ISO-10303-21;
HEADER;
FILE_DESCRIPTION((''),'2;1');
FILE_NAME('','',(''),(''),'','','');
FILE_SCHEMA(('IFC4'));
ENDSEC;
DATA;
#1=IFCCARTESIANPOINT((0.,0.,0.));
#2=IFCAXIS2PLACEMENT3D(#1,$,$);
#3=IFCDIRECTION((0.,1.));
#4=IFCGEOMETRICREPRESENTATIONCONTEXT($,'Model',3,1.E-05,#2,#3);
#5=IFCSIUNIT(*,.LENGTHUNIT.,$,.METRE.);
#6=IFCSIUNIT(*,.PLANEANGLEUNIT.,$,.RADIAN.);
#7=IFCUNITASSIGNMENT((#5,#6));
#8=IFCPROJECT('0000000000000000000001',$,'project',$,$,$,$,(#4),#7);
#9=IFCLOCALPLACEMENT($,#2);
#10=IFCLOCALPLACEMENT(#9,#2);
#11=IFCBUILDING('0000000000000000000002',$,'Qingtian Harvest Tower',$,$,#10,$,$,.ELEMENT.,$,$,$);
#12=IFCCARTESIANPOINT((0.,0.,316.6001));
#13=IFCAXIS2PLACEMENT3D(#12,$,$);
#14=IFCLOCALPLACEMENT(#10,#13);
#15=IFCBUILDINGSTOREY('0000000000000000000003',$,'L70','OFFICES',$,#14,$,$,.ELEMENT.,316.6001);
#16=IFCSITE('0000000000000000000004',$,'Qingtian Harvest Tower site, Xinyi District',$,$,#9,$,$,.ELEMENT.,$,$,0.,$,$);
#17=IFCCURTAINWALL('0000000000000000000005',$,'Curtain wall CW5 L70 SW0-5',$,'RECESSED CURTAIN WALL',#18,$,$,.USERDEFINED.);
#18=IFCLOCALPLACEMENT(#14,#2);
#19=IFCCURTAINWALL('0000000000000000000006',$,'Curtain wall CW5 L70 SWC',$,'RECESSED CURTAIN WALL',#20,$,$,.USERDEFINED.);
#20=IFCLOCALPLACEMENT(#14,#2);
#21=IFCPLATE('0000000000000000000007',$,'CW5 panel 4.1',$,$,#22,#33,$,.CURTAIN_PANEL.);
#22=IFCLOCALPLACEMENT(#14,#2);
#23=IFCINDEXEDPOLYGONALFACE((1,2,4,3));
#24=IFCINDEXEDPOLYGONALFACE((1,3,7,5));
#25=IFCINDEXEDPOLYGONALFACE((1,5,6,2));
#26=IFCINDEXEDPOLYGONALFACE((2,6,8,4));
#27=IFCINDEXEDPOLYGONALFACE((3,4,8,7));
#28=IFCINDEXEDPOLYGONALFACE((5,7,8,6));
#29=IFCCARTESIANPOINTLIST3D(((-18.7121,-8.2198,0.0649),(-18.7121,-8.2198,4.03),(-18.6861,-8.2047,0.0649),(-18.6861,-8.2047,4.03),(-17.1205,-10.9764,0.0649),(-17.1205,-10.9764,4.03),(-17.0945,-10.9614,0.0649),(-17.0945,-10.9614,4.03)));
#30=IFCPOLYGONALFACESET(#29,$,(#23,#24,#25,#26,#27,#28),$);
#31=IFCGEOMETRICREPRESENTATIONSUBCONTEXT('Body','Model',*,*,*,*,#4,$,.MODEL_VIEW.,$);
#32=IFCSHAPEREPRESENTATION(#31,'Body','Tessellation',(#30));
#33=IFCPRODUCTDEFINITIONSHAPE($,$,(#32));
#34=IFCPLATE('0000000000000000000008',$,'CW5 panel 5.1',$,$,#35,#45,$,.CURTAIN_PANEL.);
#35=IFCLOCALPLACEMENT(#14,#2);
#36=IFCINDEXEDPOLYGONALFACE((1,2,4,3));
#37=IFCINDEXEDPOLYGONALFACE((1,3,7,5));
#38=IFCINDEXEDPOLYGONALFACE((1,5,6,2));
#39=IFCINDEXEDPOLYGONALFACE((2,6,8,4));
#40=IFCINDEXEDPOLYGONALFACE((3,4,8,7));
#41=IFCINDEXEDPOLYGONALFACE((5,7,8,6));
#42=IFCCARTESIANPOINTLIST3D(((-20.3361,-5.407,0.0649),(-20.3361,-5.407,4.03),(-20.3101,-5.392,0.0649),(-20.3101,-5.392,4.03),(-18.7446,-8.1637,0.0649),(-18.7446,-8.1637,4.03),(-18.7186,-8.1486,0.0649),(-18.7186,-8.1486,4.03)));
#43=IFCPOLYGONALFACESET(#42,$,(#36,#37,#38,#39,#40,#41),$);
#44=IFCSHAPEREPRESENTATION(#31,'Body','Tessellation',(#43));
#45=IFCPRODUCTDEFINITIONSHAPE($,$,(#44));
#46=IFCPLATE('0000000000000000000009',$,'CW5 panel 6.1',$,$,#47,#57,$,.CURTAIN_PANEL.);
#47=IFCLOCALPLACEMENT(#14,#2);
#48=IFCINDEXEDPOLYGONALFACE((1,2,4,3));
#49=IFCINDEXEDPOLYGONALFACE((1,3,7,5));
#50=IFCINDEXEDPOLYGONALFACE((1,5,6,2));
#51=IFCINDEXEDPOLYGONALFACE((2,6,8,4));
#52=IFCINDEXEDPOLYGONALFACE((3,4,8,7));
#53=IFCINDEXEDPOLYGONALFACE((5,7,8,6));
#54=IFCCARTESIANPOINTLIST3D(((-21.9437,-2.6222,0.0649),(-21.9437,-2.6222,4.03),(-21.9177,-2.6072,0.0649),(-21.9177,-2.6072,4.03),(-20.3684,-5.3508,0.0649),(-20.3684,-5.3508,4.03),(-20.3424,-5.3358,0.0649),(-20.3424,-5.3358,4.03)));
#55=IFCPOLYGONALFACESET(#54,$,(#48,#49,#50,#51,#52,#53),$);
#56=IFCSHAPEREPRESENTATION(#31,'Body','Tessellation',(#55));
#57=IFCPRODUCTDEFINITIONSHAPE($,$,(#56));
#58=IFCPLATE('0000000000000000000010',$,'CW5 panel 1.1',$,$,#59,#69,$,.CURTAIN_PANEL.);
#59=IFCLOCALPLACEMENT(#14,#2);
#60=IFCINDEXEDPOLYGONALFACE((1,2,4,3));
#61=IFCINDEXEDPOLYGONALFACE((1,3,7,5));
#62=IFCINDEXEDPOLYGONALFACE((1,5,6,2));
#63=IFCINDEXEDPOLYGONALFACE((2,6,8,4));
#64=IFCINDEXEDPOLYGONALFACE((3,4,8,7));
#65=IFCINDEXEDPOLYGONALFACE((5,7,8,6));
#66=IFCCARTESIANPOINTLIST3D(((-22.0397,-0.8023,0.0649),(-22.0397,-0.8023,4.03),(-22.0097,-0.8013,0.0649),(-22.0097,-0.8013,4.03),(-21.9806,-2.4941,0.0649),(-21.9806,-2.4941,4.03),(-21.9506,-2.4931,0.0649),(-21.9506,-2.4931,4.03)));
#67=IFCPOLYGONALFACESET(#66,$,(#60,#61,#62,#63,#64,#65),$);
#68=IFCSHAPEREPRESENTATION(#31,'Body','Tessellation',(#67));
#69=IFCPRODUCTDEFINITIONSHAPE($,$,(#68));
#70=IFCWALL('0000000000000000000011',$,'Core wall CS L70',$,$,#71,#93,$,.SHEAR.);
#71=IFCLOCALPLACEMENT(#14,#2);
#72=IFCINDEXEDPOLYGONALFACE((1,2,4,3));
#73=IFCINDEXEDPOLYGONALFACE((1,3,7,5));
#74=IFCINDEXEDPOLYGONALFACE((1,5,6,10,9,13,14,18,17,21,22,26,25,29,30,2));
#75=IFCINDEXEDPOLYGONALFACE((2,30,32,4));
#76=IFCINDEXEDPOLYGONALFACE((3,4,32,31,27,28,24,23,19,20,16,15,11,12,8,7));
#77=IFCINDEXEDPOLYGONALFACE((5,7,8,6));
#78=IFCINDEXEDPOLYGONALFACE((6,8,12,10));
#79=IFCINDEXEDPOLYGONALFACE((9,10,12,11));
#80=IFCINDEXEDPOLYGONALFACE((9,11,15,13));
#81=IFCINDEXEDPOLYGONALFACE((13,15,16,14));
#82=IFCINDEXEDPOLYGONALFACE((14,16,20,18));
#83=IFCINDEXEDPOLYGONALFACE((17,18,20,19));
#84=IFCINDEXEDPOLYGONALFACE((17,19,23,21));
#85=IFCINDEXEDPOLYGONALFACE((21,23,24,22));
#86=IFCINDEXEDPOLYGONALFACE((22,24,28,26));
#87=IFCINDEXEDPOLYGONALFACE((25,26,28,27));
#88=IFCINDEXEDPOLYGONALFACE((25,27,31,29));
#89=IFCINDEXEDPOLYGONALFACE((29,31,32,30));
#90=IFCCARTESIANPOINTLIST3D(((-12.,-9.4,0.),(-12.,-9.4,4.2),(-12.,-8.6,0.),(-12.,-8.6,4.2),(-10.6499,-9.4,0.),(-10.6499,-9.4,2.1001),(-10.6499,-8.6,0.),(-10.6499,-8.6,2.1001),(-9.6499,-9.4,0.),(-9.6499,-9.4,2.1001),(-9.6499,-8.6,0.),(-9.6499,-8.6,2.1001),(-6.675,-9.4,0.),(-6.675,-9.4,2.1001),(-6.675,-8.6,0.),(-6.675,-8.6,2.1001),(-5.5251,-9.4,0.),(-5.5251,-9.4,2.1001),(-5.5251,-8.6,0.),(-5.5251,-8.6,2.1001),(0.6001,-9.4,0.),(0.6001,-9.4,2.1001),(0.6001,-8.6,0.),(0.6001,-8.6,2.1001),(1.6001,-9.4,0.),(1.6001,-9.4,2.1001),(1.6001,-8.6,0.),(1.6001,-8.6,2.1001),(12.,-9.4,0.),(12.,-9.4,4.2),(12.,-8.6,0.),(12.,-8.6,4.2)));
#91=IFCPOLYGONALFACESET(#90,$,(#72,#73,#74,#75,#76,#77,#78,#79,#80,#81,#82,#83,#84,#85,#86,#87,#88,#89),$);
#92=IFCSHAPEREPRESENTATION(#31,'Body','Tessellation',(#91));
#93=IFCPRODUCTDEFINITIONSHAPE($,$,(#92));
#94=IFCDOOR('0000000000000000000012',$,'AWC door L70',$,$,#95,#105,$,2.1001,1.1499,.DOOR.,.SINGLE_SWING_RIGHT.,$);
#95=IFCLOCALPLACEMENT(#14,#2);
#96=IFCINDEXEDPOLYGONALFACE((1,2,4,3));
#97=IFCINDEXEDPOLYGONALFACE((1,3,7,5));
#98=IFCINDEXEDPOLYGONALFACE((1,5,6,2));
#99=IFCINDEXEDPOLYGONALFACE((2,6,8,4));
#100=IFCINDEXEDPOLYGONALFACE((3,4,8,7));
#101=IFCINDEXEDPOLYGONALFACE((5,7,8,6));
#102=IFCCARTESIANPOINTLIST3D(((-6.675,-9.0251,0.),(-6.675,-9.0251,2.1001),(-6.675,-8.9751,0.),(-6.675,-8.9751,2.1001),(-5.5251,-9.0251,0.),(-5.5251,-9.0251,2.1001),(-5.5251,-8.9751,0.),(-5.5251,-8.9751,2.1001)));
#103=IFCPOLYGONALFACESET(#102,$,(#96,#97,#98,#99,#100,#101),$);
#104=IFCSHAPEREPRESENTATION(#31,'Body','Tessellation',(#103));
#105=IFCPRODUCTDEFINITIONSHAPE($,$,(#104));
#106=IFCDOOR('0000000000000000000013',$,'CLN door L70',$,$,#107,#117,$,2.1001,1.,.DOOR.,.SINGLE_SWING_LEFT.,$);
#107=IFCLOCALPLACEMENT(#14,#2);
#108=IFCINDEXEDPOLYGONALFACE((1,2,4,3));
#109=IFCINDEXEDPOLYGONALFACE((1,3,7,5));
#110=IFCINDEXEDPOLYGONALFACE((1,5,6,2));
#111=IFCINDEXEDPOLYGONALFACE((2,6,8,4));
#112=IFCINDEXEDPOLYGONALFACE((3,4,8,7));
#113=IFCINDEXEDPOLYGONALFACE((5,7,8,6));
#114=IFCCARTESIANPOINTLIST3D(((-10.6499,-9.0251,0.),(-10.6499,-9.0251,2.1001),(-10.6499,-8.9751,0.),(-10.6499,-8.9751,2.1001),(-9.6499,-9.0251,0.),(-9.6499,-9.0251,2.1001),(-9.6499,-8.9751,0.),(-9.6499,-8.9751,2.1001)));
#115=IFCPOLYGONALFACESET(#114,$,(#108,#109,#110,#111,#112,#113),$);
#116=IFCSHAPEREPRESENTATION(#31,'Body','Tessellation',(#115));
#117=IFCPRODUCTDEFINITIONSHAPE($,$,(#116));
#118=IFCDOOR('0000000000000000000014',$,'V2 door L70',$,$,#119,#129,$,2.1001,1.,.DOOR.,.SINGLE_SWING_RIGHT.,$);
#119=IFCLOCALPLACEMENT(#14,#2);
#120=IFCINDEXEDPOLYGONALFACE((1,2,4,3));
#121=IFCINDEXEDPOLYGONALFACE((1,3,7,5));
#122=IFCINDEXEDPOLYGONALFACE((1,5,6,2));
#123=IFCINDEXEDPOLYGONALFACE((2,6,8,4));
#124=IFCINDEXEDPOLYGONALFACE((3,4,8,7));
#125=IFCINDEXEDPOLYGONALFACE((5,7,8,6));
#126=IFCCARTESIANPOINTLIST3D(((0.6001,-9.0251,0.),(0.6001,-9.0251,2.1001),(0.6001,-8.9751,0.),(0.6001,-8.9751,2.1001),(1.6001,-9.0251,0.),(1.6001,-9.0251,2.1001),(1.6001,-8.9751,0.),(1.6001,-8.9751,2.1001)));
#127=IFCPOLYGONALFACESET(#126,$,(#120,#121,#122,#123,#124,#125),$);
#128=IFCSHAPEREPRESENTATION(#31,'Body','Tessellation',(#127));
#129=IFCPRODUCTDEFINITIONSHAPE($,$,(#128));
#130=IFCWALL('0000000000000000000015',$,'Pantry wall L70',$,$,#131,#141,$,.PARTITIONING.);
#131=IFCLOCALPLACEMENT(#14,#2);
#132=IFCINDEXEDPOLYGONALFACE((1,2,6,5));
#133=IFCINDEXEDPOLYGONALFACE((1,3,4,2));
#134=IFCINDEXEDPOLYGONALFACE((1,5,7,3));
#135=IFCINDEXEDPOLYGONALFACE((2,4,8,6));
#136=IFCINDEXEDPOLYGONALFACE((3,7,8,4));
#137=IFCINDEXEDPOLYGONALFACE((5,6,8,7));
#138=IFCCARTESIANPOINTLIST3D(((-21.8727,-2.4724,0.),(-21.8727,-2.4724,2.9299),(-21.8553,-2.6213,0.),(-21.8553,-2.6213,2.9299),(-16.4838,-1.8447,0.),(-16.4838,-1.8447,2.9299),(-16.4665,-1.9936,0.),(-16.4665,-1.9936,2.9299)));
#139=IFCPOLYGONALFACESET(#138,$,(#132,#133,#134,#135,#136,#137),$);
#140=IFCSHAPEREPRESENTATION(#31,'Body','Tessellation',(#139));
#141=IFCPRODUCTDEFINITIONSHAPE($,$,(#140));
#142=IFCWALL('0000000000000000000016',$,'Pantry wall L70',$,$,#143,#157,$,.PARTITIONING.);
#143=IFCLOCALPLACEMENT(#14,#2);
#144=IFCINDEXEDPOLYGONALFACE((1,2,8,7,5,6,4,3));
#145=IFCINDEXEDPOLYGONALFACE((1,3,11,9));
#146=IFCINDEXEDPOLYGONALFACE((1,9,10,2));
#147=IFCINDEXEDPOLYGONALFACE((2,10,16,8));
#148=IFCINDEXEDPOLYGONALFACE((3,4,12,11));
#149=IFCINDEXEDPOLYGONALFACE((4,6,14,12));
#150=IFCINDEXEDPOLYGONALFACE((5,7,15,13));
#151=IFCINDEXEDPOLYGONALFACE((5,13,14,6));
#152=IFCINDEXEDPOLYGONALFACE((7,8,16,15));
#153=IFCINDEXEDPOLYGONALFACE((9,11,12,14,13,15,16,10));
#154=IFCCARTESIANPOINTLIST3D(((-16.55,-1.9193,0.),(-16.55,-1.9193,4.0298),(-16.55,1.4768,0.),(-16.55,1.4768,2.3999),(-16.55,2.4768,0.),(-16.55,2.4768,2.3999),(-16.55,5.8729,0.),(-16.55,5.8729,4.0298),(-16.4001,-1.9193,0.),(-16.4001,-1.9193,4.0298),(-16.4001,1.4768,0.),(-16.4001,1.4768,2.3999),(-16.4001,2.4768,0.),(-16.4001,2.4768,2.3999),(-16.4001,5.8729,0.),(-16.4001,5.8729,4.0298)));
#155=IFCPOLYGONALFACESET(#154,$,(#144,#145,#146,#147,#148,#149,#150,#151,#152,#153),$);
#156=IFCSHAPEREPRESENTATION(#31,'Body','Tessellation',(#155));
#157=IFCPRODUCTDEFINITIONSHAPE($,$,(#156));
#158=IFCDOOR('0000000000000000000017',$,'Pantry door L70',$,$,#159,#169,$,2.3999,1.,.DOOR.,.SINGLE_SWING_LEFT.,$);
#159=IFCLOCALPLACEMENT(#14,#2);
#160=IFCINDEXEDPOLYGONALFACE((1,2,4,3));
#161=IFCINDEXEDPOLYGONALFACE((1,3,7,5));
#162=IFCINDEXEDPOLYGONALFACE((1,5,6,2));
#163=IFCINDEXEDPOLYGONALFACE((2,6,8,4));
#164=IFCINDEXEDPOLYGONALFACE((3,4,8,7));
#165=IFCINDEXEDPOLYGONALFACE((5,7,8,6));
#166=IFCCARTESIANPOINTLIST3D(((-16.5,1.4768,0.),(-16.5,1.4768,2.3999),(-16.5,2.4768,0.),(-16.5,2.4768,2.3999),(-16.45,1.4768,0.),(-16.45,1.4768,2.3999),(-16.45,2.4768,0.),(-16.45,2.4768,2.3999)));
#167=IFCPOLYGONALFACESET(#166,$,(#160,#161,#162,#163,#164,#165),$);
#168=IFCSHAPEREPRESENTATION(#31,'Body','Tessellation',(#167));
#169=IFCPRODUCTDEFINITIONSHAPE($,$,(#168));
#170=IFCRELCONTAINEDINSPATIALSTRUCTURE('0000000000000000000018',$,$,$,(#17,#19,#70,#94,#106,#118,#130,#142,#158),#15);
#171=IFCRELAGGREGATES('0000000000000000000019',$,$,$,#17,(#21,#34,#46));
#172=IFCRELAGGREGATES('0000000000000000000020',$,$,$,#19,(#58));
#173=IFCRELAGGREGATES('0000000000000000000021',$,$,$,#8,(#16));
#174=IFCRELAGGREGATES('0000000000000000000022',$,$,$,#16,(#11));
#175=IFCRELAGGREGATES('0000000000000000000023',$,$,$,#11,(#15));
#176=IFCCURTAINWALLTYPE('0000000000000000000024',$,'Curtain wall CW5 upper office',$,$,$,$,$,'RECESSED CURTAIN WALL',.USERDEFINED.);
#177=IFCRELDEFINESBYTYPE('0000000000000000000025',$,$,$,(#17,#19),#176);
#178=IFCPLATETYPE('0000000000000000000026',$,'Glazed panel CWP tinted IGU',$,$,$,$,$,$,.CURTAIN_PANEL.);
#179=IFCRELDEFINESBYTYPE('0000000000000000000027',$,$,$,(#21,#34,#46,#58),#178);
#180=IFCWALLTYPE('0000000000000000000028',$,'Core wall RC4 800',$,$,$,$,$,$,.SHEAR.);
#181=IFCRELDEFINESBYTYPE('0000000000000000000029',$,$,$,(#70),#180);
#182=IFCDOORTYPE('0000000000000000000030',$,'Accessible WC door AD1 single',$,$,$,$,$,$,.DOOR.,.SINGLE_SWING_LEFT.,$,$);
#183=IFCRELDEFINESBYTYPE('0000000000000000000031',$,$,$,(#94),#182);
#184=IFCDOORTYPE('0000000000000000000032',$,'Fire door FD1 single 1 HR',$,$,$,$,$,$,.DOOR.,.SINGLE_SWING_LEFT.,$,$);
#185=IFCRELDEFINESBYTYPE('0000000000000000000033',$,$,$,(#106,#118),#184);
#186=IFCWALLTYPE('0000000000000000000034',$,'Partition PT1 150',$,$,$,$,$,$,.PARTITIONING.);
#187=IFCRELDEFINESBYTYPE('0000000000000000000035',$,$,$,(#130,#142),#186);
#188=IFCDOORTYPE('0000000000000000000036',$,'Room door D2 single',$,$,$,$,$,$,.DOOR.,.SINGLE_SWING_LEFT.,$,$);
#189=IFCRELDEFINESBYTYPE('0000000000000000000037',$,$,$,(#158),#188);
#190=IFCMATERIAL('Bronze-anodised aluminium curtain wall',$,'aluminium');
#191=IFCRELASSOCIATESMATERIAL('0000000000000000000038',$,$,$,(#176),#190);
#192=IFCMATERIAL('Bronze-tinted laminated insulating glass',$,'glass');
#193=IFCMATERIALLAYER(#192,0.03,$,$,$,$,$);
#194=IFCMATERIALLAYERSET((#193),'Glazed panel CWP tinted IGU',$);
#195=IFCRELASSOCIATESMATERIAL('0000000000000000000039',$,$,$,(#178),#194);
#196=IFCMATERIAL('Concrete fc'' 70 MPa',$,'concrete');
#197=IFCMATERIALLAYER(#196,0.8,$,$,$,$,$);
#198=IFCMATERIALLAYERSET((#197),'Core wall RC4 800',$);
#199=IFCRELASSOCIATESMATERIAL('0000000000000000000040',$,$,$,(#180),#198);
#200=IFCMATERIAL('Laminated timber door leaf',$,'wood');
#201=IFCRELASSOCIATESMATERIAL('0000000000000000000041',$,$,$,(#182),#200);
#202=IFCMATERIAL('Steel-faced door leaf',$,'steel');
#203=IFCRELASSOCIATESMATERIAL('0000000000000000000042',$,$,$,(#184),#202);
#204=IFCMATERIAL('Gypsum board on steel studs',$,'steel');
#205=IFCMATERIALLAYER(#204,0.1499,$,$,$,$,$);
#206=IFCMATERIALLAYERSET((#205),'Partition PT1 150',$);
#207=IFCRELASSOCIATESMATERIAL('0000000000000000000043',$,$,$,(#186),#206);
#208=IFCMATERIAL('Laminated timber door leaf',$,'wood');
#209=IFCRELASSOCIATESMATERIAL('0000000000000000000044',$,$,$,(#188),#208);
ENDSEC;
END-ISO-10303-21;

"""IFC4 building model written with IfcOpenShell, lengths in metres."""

from ifc_helpers import new_model, si_unit, direction, frame, frame_2d, origin, origin_2d, place, context, subcontext, project, spatial, rectangle, extrude, material, layer, layer_set, type_object, element, fill, aggregate, save


model = new_model("IFC4")

# Units and contexts
model_context = context("Model", 3, precision=1e-05, world=origin(), true_north=direction((0.0, 1.0)))
body_context = subcontext(model_context, "Body", "Model", "MODEL_VIEW")
ifc_project = project(units=[si_unit("LENGTHUNIT", "METRE"), si_unit("PLANEANGLEUNIT", "RADIAN")], contexts=[model_context])

# Site, building, storey
site_placement = place(None, origin())
site = spatial("IfcSite", under=ifc_project, at=site_placement, Name="Qingtian Harvest Tower site, Xinyi District", CompositionType="ELEMENT", RefElevation=0.0)
building_placement = place(site_placement, origin())
building = spatial("IfcBuilding", under=site, at=building_placement, Name="Qingtian Harvest Tower", CompositionType="ELEMENT")
storey_placement = place(building_placement, frame((0.0, 0.0, 316.6001)))
storey = spatial("IfcBuildingStorey", under=building, at=storey_placement, Name="L70", Description="OFFICES", CompositionType="ELEMENT", Elevation=316.6001)

# Curtain walls
ifc_material_1 = material(Name="Bronze-anodised aluminium curtain wall", Category="aluminium")
curtain_wall_type = type_object("IfcCurtainWallType", Name="Curtain wall CW5 upper office", ElementType="RECESSED CURTAIN WALL", PredefinedType="USERDEFINED", material=ifc_material_1)
curtain_wall_1_placement = place(storey_placement, origin())
curtain_wall_1 = element("IfcCurtainWall", 1, at=curtain_wall_1_placement, inside=storey, type_object=curtain_wall_type, Name="Curtain wall CW5 L70 SW0-5", ObjectType="RECESSED CURTAIN WALL", PredefinedType="USERDEFINED")
curtain_wall_2_placement = place(storey_placement, origin())
curtain_wall_2 = element("IfcCurtainWall", 2, at=curtain_wall_2_placement, inside=storey, type_object=curtain_wall_type, Name="Curtain wall CW5 L70 SWC", ObjectType="RECESSED CURTAIN WALL", PredefinedType="USERDEFINED")

# Plates
ifc_material_2 = material(Name="Bronze-tinted laminated insulating glass", Category="glass")
ifc_layer_1 = layer(ifc_material_2, 0.03)
ifc_layer_set_1 = layer_set([ifc_layer_1], Name="Glazed panel CWP tinted IGU")
plate_type = type_object("IfcPlateType", Name="Glazed panel CWP tinted IGU", PredefinedType="CURTAIN_PANEL", material=ifc_layer_set_1)
plate_1_placement = place(storey_placement, frame((-17.9033, -9.5906, 0.0649), z_axis=(0.0, 0.0, 1.0), x_axis=(-0.5, 0.866025, 0.0)))
plate_1 = element("IfcPlate", 3, at=plate_1_placement, type_object=plate_type, Name="CW5 panel 4.1", PredefinedType="CURTAIN_PANEL", context=body_context, shape_type="SweptSolid", body=[
    extrude(rectangle(XDim=3.1831, YDim=0.03, at=origin_2d()), origin(), (0.0, 0.0, 1.0), 3.9651),
])
plate_2_placement = place(storey_placement, frame((-19.5273, -6.7778, 0.0649), z_axis=(0.0, 0.0, 1.0), x_axis=(-0.5, 0.866025, 0.0)))
plate_2 = element("IfcPlate", 4, at=plate_2_placement, type_object=plate_type, Name="CW5 panel 5.1", PredefinedType="CURTAIN_PANEL", context=body_context, shape_type="SweptSolid", body=[
    extrude(rectangle(XDim=3.1831, YDim=0.03, at=origin_2d()), origin(), (0.0, 0.0, 1.0), 3.9651),
])
plate_3_placement = place(storey_placement, frame((-21.1431, -3.979, 0.0649), z_axis=(0.0, 0.0, 1.0), x_axis=(-0.5, 0.866025, 0.0)))
plate_3 = element("IfcPlate", 5, at=plate_3_placement, type_object=plate_type, Name="CW5 panel 6.1", PredefinedType="CURTAIN_PANEL", context=body_context, shape_type="SweptSolid", body=[
    extrude(rectangle(XDim=3.1506, YDim=0.03, at=origin_2d()), origin(), (0.0, 0.0, 1.0), 3.9651),
])
aggregate(curtain_wall_1, [plate_1, plate_2, plate_3])
plate_4_placement = place(storey_placement, frame((-21.9951, -1.6477, 0.0649), z_axis=(0.0, 0.0, 1.0), x_axis=(-0.034899, 0.999391, 0.0)))
plate_4 = element("IfcPlate", 6, at=plate_4_placement, type_object=plate_type, Name="CW5 panel 1.1", PredefinedType="CURTAIN_PANEL", context=body_context, shape_type="SweptSolid", body=[
    extrude(rectangle(XDim=1.6929, YDim=0.03, at=origin_2d()), origin(), (0.0, 0.0, 1.0), 3.9651),
])
aggregate(curtain_wall_2, [plate_4])

# Wall, openings, doors
ifc_material_3 = material(Name="Concrete fc' 70 MPa", Category="concrete")
ifc_layer_2 = layer(ifc_material_3, 0.8)
ifc_layer_set_2 = layer_set([ifc_layer_2], Name="Core wall RC4 800")
wall_type_1 = type_object("IfcWallType", Name="Core wall RC4 800", PredefinedType="SHEAR", material=ifc_layer_set_2)
wall_1_placement = place(storey_placement, frame((-12.0, -9.0, 0.0), z_axis=(0.0, 0.0, 1.0), x_axis=(1.0, 0.0, 0.0)))
wall_1 = element("IfcWall", 7, at=wall_1_placement, inside=storey, type_object=wall_type_1, Name="Core wall CS L70", PredefinedType="SHEAR", context=body_context, shape_type="SweptSolid", body=[
    extrude(rectangle(XDim=24.0, YDim=0.8, at=frame_2d((12.0, 0.0))), origin(), (0.0, 0.0, 1.0), 4.2),
])
opening_1_placement = place(wall_1_placement, frame((1.3501, 0.0, 0.0)))
opening_1 = element("IfcOpeningElement", 8, at=opening_1_placement, cuts=wall_1, PredefinedType="OPENING", context=body_context, shape_type="SweptSolid", body=[
    extrude(rectangle(XDim=1.0, YDim=2.1001, at=frame_2d((0.5, 1.05))), frame((0.0, 0.4099, 0.0), z_axis=(0.0, -1.0, 0.0), x_axis=(1.0, 0.0, 0.0)), (0.0, 0.0, 1.0), 0.8201),
])
opening_2_placement = place(wall_1_placement, frame((5.325, 0.0, 0.0)))
opening_2 = element("IfcOpeningElement", 9, at=opening_2_placement, cuts=wall_1, PredefinedType="OPENING", context=body_context, shape_type="SweptSolid", body=[
    extrude(rectangle(XDim=1.1499, YDim=2.1001, at=frame_2d((0.575, 1.05))), frame((0.0, 0.4099, 0.0), z_axis=(0.0, -1.0, 0.0), x_axis=(1.0, 0.0, 0.0)), (0.0, 0.0, 1.0), 0.8201),
])
opening_3_placement = place(wall_1_placement, frame((12.6001, 0.0, 0.0)))
opening_3 = element("IfcOpeningElement", 10, at=opening_3_placement, cuts=wall_1, PredefinedType="OPENING", context=body_context, shape_type="SweptSolid", body=[
    extrude(rectangle(XDim=1.0, YDim=2.1001, at=frame_2d((0.5, 1.05))), frame((0.0, 0.4099, 0.0), z_axis=(0.0, -1.0, 0.0), x_axis=(1.0, 0.0, 0.0)), (0.0, 0.0, 1.0), 0.8201),
])
ifc_material_4 = material(Name="Laminated timber door leaf", Category="wood")
door_type_1 = type_object("IfcDoorType", Name="Accessible WC door AD1 single", OperationType="SINGLE_SWING_LEFT", PredefinedType="DOOR", material=ifc_material_4)
door_1_placement = place(opening_2_placement, origin())
door_1 = element("IfcDoor", 11, at=door_1_placement, inside=storey, type_object=door_type_1, Name="AWC door L70", OperationType="SINGLE_SWING_RIGHT", OverallHeight=2.1001, OverallWidth=1.1499, PredefinedType="DOOR", context=body_context, shape_type="SweptSolid", body=[
    extrude(rectangle(XDim=1.1499, YDim=2.1001, at=frame_2d((0.575, 1.05))), frame((0.0, 0.0249, 0.0), z_axis=(0.0, -1.0, 0.0), x_axis=(1.0, 0.0, 0.0)), (0.0, 0.0, 1.0), 0.05),
])
fill(opening_2, door_1)
ifc_material_5 = material(Name="Steel-faced door leaf", Category="steel")
door_type_2 = type_object("IfcDoorType", Name="Fire door FD1 single 1 HR", OperationType="SINGLE_SWING_LEFT", PredefinedType="DOOR", material=ifc_material_5)
door_2_placement = place(opening_1_placement, origin())
door_2 = element("IfcDoor", 12, at=door_2_placement, inside=storey, type_object=door_type_2, Name="CLN door L70", OperationType="SINGLE_SWING_LEFT", OverallHeight=2.1001, OverallWidth=1.0, PredefinedType="DOOR", context=body_context, shape_type="SweptSolid", body=[
    extrude(rectangle(XDim=1.0, YDim=2.1001, at=frame_2d((0.5, 1.05))), frame((0.0, 0.0249, 0.0), z_axis=(0.0, -1.0, 0.0), x_axis=(1.0, 0.0, 0.0)), (0.0, 0.0, 1.0), 0.05),
])
fill(opening_1, door_2)
door_3_placement = place(opening_3_placement, origin())
door_3 = element("IfcDoor", 13, at=door_3_placement, inside=storey, type_object=door_type_2, Name="V2 door L70", OperationType="SINGLE_SWING_RIGHT", OverallHeight=2.1001, OverallWidth=1.0, PredefinedType="DOOR", context=body_context, shape_type="SweptSolid", body=[
    extrude(rectangle(XDim=1.0, YDim=2.1001, at=frame_2d((0.5, 1.05))), frame((0.0, 0.0249, 0.0), z_axis=(0.0, -1.0, 0.0), x_axis=(1.0, 0.0, 0.0)), (0.0, 0.0, 1.0), 0.05),
])
fill(opening_3, door_3)

# Wall
ifc_material_6 = material(Name="Gypsum board on steel studs", Category="steel")
ifc_layer_3 = layer(ifc_material_6, 0.1499)
ifc_layer_set_3 = layer_set([ifc_layer_3], Name="Partition PT1 150")
wall_type_2 = type_object("IfcWallType", Name="Partition PT1 150", PredefinedType="PARTITIONING", material=ifc_layer_set_3)
wall_2_placement = place(storey_placement, frame((-21.864, -2.5469, 0.0), z_axis=(0.0, 0.0, 1.0), x_axis=(0.993285, 0.115695, 0.0)))
element("IfcWall", 14, at=wall_2_placement, inside=storey, type_object=wall_type_2, Name="Pantry wall L70", PredefinedType="PARTITIONING", context=body_context, shape_type="SweptSolid", body=[
    extrude(rectangle(XDim=5.4253, YDim=0.1499, at=frame_2d((2.7126, 0.0))), origin(), (0.0, 0.0, 1.0), 2.9299),
])

# Wall, opening, door
wall_3_placement = place(storey_placement, frame((-16.4751, -1.9192, 0.0), z_axis=(0.0, 0.0, 1.0), x_axis=(0.0, 1.0, 0.0)))
wall_3 = element("IfcWall", 15, at=wall_3_placement, inside=storey, type_object=wall_type_2, Name="Pantry wall L70", PredefinedType="PARTITIONING", context=body_context, shape_type="SweptSolid", body=[
    extrude(rectangle(XDim=7.7922, YDim=0.1499, at=frame_2d((3.896, 0.0))), origin(), (0.0, 0.0, 1.0), 4.0298),
])
opening_4_placement = place(wall_3_placement, frame((3.396, 0.0, 0.0)))
opening_4 = element("IfcOpeningElement", 16, at=opening_4_placement, cuts=wall_3, PredefinedType="OPENING", context=body_context, shape_type="SweptSolid", body=[
    extrude(rectangle(XDim=1.0, YDim=2.3999, at=frame_2d((0.5, 1.2))), frame((0.0, 0.085, 0.0), z_axis=(0.0, -1.0, 0.0), x_axis=(1.0, 0.0, 0.0)), (0.0, 0.0, 1.0), 0.1699),
])
ifc_material_7 = material(Name="Laminated timber door leaf", Category="wood")
door_type_3 = type_object("IfcDoorType", Name="Room door D2 single", OperationType="SINGLE_SWING_LEFT", PredefinedType="DOOR", material=ifc_material_7)
door_4_placement = place(opening_4_placement, origin())
door_4 = element("IfcDoor", 17, at=door_4_placement, inside=storey, type_object=door_type_3, Name="Pantry door L70", OperationType="SINGLE_SWING_LEFT", OverallHeight=2.3999, OverallWidth=1.0, PredefinedType="DOOR", context=body_context, shape_type="SweptSolid", body=[
    extrude(rectangle(XDim=1.0, YDim=2.3999, at=frame_2d((0.5, 1.2))), frame((0.0, 0.0249, 0.0), z_axis=(0.0, -1.0, 0.0), x_axis=(1.0, 0.0, 0.0)), (0.0, 0.0, 1.0), 0.05),
])
fill(opening_4, door_4)

save(model, "model.ifc")
